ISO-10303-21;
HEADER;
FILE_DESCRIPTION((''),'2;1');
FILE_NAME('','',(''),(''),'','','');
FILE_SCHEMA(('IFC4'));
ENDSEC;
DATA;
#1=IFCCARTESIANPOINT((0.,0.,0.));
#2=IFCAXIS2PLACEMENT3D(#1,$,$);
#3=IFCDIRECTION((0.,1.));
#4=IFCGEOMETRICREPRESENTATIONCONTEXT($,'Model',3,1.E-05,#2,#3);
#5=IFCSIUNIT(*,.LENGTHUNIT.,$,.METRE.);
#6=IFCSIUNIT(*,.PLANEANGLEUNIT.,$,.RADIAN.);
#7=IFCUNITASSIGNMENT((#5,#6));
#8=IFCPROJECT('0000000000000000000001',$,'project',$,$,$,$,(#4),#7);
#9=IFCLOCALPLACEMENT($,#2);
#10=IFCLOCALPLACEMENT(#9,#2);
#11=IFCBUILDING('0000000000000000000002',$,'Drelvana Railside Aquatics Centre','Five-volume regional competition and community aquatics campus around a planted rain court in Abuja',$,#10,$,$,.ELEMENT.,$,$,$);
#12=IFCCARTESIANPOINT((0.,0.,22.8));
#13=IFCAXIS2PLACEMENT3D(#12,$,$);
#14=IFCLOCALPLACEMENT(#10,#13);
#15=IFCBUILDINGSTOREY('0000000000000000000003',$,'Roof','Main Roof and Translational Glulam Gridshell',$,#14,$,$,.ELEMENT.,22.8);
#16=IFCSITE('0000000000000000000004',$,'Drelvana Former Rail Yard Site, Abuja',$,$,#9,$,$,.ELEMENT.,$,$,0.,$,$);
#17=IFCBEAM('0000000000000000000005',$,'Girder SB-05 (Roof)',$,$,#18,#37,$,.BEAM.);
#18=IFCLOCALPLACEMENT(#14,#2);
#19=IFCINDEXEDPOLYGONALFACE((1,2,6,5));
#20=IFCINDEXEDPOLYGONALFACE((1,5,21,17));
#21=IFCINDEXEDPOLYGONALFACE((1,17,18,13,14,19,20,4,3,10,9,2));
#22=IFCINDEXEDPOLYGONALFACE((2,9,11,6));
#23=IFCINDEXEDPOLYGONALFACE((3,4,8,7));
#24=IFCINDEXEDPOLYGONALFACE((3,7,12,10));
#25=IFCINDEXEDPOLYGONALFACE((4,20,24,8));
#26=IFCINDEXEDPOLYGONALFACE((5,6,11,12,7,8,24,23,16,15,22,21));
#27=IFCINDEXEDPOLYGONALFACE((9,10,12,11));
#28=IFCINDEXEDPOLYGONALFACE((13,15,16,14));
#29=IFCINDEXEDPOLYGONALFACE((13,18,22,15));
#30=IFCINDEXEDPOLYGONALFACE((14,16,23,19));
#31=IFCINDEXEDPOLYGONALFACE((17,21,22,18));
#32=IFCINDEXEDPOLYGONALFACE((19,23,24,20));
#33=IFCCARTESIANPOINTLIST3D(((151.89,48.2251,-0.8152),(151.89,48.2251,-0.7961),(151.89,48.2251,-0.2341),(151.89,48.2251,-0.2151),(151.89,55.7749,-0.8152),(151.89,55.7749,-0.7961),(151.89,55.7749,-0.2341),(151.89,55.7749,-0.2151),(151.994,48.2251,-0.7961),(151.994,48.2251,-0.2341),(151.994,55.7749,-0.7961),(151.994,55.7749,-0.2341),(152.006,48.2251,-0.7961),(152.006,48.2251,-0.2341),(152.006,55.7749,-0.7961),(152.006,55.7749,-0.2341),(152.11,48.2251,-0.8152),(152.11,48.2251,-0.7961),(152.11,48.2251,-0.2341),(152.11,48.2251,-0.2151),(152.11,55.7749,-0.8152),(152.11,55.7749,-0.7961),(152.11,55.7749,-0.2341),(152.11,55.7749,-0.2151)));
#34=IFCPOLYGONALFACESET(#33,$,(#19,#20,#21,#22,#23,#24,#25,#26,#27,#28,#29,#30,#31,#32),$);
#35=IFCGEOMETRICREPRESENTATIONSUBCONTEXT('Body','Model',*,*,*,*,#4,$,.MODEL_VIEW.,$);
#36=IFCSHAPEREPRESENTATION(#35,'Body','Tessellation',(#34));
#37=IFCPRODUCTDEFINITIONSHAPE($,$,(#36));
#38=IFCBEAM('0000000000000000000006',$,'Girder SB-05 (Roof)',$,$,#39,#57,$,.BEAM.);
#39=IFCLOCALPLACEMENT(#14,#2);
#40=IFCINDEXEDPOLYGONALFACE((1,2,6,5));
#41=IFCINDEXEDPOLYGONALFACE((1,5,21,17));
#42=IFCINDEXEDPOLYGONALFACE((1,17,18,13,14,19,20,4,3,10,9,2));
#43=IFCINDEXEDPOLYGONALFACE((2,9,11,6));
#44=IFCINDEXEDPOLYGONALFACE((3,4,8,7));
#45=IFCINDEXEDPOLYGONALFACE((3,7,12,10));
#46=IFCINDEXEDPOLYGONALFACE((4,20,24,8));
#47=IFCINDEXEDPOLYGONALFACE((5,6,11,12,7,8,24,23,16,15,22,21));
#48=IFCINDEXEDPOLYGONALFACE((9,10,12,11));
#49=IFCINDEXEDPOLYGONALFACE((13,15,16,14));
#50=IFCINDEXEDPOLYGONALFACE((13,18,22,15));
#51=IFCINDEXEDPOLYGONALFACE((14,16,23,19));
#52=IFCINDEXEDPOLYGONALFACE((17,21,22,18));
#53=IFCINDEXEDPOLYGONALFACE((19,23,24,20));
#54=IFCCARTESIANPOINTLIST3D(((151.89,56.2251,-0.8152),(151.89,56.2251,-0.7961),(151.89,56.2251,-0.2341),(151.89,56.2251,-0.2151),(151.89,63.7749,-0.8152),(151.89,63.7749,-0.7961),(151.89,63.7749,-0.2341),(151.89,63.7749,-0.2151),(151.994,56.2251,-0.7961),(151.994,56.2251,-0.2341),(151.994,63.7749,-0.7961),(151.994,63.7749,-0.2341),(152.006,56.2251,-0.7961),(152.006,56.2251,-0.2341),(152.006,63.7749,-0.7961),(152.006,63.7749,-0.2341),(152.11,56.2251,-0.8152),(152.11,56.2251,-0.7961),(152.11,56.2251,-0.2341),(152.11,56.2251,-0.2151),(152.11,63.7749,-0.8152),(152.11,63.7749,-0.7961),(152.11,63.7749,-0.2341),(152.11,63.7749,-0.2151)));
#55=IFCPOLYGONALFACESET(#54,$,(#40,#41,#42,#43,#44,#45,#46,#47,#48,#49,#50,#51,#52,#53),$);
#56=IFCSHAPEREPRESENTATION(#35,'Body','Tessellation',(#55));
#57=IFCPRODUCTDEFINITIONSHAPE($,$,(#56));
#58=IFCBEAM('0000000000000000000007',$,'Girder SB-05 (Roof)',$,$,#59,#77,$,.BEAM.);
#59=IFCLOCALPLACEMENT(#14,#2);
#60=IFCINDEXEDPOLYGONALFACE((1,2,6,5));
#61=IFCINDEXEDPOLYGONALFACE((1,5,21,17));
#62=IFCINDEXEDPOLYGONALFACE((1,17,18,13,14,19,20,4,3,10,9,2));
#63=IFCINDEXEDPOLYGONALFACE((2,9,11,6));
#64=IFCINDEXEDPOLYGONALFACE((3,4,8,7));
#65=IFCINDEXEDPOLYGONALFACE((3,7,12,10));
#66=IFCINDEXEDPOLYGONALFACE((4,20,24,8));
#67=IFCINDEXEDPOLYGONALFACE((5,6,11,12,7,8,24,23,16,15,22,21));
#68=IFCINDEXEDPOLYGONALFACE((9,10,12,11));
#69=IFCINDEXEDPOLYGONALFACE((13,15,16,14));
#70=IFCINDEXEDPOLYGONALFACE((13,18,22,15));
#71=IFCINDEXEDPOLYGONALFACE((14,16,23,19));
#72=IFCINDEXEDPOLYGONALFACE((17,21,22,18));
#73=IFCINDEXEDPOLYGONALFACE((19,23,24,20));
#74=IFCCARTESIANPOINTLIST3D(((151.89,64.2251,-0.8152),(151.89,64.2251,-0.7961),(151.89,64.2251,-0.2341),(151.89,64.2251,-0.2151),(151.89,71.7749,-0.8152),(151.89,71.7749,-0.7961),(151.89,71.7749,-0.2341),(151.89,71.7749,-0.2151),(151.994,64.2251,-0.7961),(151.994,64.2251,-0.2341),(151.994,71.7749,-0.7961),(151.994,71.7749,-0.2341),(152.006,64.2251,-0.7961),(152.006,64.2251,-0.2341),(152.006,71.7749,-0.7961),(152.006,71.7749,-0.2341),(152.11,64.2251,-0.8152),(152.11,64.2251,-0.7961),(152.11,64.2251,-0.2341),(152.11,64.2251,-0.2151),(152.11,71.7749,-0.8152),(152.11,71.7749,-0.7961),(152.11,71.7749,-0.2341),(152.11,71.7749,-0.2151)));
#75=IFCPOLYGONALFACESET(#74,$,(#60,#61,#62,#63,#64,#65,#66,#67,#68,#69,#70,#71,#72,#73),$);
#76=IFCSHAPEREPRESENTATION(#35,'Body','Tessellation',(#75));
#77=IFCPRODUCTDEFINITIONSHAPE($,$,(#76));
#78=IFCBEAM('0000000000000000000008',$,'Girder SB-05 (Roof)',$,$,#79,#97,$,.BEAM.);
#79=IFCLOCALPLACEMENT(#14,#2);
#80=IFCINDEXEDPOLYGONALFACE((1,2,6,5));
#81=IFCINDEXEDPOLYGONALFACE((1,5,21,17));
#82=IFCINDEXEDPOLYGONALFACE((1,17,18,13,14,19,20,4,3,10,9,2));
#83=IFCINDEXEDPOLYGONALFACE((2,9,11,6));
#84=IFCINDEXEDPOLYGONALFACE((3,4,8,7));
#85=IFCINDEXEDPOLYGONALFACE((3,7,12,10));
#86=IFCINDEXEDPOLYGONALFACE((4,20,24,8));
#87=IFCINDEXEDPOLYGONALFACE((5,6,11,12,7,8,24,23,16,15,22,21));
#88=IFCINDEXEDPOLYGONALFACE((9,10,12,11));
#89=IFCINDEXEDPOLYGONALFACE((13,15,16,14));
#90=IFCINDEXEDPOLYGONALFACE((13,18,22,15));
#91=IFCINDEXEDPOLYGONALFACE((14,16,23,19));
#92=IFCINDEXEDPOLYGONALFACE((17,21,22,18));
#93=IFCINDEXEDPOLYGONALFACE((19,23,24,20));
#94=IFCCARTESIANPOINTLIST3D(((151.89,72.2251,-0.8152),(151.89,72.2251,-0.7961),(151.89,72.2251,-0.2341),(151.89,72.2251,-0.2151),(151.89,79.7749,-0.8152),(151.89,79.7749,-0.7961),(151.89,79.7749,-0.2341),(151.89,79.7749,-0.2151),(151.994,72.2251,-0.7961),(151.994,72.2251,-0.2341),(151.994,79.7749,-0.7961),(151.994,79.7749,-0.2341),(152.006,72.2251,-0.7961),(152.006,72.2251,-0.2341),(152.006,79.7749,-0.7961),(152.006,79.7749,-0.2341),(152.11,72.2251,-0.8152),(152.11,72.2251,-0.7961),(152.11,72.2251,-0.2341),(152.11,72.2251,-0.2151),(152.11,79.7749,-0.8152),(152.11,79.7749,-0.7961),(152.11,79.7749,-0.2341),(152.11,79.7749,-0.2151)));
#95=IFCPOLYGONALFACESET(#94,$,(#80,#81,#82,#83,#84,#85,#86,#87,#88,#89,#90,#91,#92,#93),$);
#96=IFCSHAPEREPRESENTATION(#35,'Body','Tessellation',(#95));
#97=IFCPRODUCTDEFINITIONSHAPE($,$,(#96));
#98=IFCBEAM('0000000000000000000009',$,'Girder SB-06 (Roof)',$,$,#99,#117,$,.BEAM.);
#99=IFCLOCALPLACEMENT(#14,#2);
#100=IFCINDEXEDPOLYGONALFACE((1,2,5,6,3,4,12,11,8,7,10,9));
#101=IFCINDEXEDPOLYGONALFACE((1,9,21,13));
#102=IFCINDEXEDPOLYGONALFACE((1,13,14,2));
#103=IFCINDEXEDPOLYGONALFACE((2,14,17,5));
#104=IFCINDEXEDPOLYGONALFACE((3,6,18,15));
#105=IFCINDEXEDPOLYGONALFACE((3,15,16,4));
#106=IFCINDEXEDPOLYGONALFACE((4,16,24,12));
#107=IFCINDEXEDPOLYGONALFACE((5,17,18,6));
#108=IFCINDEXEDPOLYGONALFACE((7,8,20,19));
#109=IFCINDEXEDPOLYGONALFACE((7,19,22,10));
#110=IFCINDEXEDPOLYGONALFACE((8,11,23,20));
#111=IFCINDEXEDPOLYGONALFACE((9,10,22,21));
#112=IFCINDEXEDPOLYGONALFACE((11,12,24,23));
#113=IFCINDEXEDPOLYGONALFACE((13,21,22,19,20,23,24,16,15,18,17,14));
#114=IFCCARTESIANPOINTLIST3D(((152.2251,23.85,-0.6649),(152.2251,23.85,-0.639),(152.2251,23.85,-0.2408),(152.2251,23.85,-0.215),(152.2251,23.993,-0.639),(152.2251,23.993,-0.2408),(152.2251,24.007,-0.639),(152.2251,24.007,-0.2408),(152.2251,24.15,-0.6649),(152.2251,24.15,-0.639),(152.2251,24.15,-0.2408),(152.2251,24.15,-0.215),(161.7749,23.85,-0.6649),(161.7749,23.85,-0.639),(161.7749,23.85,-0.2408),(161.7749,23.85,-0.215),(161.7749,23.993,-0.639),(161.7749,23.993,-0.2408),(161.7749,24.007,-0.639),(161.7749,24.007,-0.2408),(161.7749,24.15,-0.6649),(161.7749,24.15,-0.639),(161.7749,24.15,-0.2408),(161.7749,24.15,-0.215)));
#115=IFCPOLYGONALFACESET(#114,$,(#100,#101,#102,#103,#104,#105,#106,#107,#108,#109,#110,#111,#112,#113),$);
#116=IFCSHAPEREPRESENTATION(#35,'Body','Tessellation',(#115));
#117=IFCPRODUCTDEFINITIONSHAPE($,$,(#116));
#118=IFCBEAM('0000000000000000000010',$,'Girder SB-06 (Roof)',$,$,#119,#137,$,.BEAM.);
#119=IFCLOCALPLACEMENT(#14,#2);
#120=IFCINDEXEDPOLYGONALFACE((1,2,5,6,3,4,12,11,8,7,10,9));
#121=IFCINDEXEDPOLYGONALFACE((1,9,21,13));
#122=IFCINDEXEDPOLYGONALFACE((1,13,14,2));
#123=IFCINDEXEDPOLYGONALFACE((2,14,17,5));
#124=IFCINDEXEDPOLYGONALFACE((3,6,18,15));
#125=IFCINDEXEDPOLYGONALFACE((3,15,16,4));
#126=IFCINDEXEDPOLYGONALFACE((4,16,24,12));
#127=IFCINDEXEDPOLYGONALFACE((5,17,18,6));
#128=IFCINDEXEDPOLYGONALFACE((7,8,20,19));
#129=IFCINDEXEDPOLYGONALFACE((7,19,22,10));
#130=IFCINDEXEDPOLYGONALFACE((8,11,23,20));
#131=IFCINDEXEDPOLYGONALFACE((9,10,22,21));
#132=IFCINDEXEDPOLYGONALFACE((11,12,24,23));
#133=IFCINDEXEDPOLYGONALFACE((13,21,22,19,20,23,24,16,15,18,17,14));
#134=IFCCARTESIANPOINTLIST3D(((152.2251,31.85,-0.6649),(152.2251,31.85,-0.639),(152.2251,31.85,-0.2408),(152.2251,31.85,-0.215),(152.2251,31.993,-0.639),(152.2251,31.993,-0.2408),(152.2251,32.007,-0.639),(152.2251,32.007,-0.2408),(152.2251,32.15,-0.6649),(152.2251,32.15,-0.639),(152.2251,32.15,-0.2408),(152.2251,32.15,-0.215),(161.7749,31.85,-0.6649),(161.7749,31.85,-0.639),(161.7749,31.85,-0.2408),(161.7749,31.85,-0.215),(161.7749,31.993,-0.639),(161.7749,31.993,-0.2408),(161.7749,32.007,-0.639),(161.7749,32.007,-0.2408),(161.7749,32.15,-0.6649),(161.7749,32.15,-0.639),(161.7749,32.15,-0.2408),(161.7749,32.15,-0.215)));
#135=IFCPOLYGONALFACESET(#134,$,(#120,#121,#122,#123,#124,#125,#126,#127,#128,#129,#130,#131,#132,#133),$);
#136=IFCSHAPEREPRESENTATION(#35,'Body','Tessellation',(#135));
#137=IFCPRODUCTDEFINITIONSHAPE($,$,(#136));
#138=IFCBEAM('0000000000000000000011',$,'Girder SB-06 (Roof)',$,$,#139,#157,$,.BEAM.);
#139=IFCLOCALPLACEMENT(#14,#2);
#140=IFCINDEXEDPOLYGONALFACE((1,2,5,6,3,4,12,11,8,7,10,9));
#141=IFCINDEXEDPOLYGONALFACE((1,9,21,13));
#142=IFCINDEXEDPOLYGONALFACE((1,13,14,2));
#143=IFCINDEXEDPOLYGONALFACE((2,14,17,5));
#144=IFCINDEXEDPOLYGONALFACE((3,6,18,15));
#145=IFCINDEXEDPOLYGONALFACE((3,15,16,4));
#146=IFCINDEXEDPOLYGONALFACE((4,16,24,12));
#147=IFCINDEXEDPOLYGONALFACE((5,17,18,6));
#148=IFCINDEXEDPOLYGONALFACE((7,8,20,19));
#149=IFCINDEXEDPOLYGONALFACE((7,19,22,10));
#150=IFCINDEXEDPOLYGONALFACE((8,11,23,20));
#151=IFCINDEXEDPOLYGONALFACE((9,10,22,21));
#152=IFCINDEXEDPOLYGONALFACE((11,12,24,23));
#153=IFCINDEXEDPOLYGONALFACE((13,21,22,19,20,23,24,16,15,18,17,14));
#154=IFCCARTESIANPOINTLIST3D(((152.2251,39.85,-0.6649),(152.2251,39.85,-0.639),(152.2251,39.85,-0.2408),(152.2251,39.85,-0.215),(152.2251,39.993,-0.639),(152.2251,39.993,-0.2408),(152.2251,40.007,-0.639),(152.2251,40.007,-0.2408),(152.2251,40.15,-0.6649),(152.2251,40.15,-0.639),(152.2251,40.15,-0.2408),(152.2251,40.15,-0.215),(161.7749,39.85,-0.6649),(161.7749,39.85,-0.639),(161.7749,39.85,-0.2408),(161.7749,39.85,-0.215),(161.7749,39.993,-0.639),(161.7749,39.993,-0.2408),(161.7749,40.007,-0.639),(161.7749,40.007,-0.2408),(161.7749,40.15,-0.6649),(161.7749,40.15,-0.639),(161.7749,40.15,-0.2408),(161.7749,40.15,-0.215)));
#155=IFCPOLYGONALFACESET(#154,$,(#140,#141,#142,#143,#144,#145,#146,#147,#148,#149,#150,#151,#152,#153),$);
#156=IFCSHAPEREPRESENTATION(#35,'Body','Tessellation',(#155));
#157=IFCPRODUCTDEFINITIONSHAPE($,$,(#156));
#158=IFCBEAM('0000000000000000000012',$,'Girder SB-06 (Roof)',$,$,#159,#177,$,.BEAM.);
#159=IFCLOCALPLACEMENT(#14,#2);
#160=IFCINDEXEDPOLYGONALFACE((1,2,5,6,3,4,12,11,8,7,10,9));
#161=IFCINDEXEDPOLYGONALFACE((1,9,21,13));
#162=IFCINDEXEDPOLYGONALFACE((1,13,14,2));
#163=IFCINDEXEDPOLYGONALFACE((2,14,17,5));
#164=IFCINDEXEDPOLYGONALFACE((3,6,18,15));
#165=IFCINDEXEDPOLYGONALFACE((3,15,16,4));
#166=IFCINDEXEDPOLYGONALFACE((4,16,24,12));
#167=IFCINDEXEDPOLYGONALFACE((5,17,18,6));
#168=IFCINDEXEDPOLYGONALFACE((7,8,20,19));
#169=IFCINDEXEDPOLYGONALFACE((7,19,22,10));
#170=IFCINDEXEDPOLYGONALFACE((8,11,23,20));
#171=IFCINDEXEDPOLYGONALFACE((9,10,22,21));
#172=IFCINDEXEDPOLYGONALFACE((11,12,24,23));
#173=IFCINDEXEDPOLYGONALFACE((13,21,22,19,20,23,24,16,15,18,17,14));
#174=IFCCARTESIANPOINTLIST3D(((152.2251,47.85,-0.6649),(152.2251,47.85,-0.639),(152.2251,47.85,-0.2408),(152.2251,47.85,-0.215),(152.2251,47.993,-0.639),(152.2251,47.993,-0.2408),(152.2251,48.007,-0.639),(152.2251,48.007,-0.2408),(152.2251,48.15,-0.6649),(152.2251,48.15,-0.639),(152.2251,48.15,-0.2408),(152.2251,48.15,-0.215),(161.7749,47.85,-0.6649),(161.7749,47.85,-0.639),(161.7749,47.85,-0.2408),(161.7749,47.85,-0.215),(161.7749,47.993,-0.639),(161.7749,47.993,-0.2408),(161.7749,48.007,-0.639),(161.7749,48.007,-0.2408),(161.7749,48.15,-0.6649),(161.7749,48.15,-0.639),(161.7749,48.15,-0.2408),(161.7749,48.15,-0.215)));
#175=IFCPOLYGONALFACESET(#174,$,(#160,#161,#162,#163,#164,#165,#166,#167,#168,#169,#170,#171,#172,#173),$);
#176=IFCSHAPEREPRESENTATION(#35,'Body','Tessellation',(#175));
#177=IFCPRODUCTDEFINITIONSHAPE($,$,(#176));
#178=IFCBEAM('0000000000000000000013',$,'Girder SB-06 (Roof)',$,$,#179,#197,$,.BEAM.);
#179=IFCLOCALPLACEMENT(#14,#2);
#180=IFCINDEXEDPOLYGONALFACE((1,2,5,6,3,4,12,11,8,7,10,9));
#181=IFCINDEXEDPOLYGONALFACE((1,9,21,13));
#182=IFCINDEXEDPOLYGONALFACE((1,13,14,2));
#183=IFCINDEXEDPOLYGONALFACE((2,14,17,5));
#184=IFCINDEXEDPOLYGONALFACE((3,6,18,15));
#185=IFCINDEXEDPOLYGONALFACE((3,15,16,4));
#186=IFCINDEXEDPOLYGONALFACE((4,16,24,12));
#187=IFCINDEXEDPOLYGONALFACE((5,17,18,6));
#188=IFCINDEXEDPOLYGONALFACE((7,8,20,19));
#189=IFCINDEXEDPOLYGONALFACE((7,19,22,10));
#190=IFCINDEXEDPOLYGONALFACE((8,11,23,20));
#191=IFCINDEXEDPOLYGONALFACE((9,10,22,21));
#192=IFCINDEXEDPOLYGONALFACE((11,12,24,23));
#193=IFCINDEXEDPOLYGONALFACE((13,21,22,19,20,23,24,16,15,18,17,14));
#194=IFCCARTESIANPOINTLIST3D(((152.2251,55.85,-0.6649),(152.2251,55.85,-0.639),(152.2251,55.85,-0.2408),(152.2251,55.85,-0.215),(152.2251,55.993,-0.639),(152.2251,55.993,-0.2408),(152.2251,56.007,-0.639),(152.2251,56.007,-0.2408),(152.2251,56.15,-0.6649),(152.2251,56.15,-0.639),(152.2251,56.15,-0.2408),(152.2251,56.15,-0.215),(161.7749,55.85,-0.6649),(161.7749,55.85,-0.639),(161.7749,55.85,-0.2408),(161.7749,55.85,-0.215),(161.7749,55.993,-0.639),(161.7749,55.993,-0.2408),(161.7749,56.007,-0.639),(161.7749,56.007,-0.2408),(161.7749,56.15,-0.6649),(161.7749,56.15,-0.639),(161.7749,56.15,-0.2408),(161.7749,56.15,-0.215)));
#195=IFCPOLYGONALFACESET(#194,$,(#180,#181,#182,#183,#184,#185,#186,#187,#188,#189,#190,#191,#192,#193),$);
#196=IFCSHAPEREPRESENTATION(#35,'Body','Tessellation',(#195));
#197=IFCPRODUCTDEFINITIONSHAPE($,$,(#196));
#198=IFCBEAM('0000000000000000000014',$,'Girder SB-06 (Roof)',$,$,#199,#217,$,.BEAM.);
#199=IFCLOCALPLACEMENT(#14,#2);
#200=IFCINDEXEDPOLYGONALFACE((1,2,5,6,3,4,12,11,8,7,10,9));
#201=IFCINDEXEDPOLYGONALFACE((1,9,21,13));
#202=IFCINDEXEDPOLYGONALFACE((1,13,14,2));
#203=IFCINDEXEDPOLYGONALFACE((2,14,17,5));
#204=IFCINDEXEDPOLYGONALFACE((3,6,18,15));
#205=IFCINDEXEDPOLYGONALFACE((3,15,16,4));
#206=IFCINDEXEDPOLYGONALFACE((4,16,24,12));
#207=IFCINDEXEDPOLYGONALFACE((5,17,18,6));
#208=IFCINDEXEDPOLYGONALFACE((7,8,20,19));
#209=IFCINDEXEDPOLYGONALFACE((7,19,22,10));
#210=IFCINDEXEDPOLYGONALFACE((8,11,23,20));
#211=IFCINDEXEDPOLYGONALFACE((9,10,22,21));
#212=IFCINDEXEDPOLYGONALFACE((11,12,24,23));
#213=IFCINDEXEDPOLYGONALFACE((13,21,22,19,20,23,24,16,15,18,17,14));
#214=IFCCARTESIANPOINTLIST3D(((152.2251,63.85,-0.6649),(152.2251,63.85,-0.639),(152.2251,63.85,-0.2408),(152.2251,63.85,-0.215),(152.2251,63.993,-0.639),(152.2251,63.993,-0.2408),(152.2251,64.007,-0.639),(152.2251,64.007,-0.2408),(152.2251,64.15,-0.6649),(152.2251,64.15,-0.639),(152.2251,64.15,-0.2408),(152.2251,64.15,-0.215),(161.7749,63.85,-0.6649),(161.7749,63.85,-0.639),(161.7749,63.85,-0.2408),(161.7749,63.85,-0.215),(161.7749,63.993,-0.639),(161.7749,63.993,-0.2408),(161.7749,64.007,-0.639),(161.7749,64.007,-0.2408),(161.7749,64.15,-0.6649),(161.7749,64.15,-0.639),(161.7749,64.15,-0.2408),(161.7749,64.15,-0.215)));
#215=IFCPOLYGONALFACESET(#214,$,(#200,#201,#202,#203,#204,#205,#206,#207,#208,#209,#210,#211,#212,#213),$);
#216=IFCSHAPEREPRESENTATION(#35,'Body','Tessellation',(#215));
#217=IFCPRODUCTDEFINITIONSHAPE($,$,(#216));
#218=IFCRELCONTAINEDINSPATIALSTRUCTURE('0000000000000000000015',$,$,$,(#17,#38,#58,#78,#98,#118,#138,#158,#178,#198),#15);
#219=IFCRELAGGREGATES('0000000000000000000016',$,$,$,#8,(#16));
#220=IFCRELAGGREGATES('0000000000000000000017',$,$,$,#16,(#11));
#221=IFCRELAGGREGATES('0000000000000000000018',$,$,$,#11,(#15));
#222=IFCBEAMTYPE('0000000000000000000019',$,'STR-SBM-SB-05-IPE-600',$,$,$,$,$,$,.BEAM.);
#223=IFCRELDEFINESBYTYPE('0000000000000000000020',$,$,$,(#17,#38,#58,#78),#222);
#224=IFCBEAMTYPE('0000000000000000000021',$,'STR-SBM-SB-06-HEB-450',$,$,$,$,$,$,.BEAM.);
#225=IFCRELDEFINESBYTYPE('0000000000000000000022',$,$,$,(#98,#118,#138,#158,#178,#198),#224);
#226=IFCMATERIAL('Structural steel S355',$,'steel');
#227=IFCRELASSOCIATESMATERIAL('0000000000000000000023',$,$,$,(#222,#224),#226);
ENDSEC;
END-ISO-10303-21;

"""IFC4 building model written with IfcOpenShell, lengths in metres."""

from ifc_helpers import new_model, si_unit, direction, frame, origin, origin_2d, place, context, subcontext, project, spatial, i_section, extrude, material, material_profile, profile_set, type_object, element, save


model = new_model("IFC4")

# Units and contexts
model_context = context("Model", 3, precision=1e-05, world=origin(), true_north=direction((0.0, 1.0)))
body_context = subcontext(model_context, "Body", "Model", "MODEL_VIEW")
ifc_project = project(units=[si_unit("LENGTHUNIT", "METRE"), si_unit("PLANEANGLEUNIT", "RADIAN")], contexts=[model_context])

# Site, building, storey
site_placement = place(None, origin())
site = spatial("IfcSite", under=ifc_project, at=site_placement, Name="Drelvana Former Rail Yard Site, Abuja", CompositionType="ELEMENT", RefElevation=0.0)
building_placement = place(site_placement, origin())
building = spatial("IfcBuilding", under=site, at=building_placement, Name="Drelvana Railside Aquatics Centre", Description="Five-volume regional competition and community aquatics campus around a planted rain court in Abuja", CompositionType="ELEMENT")
storey_placement = place(building_placement, frame((0.0, 0.0, 22.8)))
storey = spatial("IfcBuildingStorey", under=building, at=storey_placement, Name="Roof", Description="Main Roof and Translational Glulam Gridshell", CompositionType="ELEMENT", Elevation=22.8)

# Beams
ifc_material = material(Name="Structural steel S355", Category="steel")
ifc_material_profile_1 = material_profile(ifc_material, i_section(OverallWidth=0.22, OverallDepth=0.6001, WebThickness=0.012, FlangeThickness=0.019, at=origin_2d()), Name="IPE 600")
ifc_profile_set_1 = profile_set([ifc_material_profile_1], Name="Structural steel S355")
beam_type_1 = type_object("IfcBeamType", Name="STR-SBM-SB-05-IPE-600", PredefinedType="BEAM", material=ifc_profile_set_1)
for number, where, z_axis, x_axis, name in (
    (1, (152.0, 48.2251, -0.5151), (0.0, 1.0, 0.0), (-1.0, 0.0, 0.0), "Girder SB-05 (Roof)"),
    (2, (152.0, 56.2251, -0.5151), (0.0, 1.0, 0.0), (-1.0, 0.0, 0.0), "Girder SB-05 (Roof)"),
    (3, (152.0, 64.2251, -0.5151), (0.0, 1.0, 0.0), (-1.0, 0.0, 0.0), "Girder SB-05 (Roof)"),
    (4, (152.0, 72.2251, -0.5151), (0.0, 1.0, 0.0), (-1.0, 0.0, 0.0), "Girder SB-05 (Roof)"),
):
    element("IfcBeam", number, at=place(storey_placement, frame(where, z_axis=z_axis, x_axis=x_axis)), inside=storey, type_object=beam_type_1, Name=name, PredefinedType="BEAM", context=body_context, shape_type="SweptSolid", body=[
        extrude(i_section(OverallWidth=0.22, OverallDepth=0.6001, WebThickness=0.012, FlangeThickness=0.019, at=origin_2d()), origin(), (0.0, 0.0, 1.0), 7.5498),
    ])
ifc_material_profile_2 = material_profile(ifc_material, i_section(OverallWidth=0.3, OverallDepth=0.45, WebThickness=0.0139, FlangeThickness=0.0259, at=origin_2d()), Name="HEB 450")
ifc_profile_set_2 = profile_set([ifc_material_profile_2], Name="Structural steel S355")
beam_type_2 = type_object("IfcBeamType", Name="STR-SBM-SB-06-HEB-450", PredefinedType="BEAM", material=ifc_profile_set_2)
for number, where, z_axis, x_axis, name in (
    (5, (152.2251, 24.0, -0.4399), (1.0, 0.0, 0.0), (0.0, 1.0, 0.0), "Girder SB-06 (Roof)"),
    (6, (152.2251, 32.0, -0.4399), (1.0, 0.0, 0.0), (0.0, 1.0, 0.0), "Girder SB-06 (Roof)"),
    (7, (152.2251, 40.0, -0.4399), (1.0, 0.0, 0.0), (0.0, 1.0, 0.0), "Girder SB-06 (Roof)"),
    (8, (152.2251, 48.0, -0.4399), (1.0, 0.0, 0.0), (0.0, 1.0, 0.0), "Girder SB-06 (Roof)"),
    (9, (152.2251, 56.0, -0.4399), (1.0, 0.0, 0.0), (0.0, 1.0, 0.0), "Girder SB-06 (Roof)"),
    (10, (152.2251, 64.0, -0.4399), (1.0, 0.0, 0.0), (0.0, 1.0, 0.0), "Girder SB-06 (Roof)"),
):
    element("IfcBeam", number, at=place(storey_placement, frame(where, z_axis=z_axis, x_axis=x_axis)), inside=storey, type_object=beam_type_2, Name=name, PredefinedType="BEAM", context=body_context, shape_type="SweptSolid", body=[
        extrude(i_section(OverallWidth=0.3, OverallDepth=0.45, WebThickness=0.0139, FlangeThickness=0.0259, at=origin_2d()), origin(), (0.0, 0.0, 1.0), 9.5498),
    ])

save(model, "model.ifc")
